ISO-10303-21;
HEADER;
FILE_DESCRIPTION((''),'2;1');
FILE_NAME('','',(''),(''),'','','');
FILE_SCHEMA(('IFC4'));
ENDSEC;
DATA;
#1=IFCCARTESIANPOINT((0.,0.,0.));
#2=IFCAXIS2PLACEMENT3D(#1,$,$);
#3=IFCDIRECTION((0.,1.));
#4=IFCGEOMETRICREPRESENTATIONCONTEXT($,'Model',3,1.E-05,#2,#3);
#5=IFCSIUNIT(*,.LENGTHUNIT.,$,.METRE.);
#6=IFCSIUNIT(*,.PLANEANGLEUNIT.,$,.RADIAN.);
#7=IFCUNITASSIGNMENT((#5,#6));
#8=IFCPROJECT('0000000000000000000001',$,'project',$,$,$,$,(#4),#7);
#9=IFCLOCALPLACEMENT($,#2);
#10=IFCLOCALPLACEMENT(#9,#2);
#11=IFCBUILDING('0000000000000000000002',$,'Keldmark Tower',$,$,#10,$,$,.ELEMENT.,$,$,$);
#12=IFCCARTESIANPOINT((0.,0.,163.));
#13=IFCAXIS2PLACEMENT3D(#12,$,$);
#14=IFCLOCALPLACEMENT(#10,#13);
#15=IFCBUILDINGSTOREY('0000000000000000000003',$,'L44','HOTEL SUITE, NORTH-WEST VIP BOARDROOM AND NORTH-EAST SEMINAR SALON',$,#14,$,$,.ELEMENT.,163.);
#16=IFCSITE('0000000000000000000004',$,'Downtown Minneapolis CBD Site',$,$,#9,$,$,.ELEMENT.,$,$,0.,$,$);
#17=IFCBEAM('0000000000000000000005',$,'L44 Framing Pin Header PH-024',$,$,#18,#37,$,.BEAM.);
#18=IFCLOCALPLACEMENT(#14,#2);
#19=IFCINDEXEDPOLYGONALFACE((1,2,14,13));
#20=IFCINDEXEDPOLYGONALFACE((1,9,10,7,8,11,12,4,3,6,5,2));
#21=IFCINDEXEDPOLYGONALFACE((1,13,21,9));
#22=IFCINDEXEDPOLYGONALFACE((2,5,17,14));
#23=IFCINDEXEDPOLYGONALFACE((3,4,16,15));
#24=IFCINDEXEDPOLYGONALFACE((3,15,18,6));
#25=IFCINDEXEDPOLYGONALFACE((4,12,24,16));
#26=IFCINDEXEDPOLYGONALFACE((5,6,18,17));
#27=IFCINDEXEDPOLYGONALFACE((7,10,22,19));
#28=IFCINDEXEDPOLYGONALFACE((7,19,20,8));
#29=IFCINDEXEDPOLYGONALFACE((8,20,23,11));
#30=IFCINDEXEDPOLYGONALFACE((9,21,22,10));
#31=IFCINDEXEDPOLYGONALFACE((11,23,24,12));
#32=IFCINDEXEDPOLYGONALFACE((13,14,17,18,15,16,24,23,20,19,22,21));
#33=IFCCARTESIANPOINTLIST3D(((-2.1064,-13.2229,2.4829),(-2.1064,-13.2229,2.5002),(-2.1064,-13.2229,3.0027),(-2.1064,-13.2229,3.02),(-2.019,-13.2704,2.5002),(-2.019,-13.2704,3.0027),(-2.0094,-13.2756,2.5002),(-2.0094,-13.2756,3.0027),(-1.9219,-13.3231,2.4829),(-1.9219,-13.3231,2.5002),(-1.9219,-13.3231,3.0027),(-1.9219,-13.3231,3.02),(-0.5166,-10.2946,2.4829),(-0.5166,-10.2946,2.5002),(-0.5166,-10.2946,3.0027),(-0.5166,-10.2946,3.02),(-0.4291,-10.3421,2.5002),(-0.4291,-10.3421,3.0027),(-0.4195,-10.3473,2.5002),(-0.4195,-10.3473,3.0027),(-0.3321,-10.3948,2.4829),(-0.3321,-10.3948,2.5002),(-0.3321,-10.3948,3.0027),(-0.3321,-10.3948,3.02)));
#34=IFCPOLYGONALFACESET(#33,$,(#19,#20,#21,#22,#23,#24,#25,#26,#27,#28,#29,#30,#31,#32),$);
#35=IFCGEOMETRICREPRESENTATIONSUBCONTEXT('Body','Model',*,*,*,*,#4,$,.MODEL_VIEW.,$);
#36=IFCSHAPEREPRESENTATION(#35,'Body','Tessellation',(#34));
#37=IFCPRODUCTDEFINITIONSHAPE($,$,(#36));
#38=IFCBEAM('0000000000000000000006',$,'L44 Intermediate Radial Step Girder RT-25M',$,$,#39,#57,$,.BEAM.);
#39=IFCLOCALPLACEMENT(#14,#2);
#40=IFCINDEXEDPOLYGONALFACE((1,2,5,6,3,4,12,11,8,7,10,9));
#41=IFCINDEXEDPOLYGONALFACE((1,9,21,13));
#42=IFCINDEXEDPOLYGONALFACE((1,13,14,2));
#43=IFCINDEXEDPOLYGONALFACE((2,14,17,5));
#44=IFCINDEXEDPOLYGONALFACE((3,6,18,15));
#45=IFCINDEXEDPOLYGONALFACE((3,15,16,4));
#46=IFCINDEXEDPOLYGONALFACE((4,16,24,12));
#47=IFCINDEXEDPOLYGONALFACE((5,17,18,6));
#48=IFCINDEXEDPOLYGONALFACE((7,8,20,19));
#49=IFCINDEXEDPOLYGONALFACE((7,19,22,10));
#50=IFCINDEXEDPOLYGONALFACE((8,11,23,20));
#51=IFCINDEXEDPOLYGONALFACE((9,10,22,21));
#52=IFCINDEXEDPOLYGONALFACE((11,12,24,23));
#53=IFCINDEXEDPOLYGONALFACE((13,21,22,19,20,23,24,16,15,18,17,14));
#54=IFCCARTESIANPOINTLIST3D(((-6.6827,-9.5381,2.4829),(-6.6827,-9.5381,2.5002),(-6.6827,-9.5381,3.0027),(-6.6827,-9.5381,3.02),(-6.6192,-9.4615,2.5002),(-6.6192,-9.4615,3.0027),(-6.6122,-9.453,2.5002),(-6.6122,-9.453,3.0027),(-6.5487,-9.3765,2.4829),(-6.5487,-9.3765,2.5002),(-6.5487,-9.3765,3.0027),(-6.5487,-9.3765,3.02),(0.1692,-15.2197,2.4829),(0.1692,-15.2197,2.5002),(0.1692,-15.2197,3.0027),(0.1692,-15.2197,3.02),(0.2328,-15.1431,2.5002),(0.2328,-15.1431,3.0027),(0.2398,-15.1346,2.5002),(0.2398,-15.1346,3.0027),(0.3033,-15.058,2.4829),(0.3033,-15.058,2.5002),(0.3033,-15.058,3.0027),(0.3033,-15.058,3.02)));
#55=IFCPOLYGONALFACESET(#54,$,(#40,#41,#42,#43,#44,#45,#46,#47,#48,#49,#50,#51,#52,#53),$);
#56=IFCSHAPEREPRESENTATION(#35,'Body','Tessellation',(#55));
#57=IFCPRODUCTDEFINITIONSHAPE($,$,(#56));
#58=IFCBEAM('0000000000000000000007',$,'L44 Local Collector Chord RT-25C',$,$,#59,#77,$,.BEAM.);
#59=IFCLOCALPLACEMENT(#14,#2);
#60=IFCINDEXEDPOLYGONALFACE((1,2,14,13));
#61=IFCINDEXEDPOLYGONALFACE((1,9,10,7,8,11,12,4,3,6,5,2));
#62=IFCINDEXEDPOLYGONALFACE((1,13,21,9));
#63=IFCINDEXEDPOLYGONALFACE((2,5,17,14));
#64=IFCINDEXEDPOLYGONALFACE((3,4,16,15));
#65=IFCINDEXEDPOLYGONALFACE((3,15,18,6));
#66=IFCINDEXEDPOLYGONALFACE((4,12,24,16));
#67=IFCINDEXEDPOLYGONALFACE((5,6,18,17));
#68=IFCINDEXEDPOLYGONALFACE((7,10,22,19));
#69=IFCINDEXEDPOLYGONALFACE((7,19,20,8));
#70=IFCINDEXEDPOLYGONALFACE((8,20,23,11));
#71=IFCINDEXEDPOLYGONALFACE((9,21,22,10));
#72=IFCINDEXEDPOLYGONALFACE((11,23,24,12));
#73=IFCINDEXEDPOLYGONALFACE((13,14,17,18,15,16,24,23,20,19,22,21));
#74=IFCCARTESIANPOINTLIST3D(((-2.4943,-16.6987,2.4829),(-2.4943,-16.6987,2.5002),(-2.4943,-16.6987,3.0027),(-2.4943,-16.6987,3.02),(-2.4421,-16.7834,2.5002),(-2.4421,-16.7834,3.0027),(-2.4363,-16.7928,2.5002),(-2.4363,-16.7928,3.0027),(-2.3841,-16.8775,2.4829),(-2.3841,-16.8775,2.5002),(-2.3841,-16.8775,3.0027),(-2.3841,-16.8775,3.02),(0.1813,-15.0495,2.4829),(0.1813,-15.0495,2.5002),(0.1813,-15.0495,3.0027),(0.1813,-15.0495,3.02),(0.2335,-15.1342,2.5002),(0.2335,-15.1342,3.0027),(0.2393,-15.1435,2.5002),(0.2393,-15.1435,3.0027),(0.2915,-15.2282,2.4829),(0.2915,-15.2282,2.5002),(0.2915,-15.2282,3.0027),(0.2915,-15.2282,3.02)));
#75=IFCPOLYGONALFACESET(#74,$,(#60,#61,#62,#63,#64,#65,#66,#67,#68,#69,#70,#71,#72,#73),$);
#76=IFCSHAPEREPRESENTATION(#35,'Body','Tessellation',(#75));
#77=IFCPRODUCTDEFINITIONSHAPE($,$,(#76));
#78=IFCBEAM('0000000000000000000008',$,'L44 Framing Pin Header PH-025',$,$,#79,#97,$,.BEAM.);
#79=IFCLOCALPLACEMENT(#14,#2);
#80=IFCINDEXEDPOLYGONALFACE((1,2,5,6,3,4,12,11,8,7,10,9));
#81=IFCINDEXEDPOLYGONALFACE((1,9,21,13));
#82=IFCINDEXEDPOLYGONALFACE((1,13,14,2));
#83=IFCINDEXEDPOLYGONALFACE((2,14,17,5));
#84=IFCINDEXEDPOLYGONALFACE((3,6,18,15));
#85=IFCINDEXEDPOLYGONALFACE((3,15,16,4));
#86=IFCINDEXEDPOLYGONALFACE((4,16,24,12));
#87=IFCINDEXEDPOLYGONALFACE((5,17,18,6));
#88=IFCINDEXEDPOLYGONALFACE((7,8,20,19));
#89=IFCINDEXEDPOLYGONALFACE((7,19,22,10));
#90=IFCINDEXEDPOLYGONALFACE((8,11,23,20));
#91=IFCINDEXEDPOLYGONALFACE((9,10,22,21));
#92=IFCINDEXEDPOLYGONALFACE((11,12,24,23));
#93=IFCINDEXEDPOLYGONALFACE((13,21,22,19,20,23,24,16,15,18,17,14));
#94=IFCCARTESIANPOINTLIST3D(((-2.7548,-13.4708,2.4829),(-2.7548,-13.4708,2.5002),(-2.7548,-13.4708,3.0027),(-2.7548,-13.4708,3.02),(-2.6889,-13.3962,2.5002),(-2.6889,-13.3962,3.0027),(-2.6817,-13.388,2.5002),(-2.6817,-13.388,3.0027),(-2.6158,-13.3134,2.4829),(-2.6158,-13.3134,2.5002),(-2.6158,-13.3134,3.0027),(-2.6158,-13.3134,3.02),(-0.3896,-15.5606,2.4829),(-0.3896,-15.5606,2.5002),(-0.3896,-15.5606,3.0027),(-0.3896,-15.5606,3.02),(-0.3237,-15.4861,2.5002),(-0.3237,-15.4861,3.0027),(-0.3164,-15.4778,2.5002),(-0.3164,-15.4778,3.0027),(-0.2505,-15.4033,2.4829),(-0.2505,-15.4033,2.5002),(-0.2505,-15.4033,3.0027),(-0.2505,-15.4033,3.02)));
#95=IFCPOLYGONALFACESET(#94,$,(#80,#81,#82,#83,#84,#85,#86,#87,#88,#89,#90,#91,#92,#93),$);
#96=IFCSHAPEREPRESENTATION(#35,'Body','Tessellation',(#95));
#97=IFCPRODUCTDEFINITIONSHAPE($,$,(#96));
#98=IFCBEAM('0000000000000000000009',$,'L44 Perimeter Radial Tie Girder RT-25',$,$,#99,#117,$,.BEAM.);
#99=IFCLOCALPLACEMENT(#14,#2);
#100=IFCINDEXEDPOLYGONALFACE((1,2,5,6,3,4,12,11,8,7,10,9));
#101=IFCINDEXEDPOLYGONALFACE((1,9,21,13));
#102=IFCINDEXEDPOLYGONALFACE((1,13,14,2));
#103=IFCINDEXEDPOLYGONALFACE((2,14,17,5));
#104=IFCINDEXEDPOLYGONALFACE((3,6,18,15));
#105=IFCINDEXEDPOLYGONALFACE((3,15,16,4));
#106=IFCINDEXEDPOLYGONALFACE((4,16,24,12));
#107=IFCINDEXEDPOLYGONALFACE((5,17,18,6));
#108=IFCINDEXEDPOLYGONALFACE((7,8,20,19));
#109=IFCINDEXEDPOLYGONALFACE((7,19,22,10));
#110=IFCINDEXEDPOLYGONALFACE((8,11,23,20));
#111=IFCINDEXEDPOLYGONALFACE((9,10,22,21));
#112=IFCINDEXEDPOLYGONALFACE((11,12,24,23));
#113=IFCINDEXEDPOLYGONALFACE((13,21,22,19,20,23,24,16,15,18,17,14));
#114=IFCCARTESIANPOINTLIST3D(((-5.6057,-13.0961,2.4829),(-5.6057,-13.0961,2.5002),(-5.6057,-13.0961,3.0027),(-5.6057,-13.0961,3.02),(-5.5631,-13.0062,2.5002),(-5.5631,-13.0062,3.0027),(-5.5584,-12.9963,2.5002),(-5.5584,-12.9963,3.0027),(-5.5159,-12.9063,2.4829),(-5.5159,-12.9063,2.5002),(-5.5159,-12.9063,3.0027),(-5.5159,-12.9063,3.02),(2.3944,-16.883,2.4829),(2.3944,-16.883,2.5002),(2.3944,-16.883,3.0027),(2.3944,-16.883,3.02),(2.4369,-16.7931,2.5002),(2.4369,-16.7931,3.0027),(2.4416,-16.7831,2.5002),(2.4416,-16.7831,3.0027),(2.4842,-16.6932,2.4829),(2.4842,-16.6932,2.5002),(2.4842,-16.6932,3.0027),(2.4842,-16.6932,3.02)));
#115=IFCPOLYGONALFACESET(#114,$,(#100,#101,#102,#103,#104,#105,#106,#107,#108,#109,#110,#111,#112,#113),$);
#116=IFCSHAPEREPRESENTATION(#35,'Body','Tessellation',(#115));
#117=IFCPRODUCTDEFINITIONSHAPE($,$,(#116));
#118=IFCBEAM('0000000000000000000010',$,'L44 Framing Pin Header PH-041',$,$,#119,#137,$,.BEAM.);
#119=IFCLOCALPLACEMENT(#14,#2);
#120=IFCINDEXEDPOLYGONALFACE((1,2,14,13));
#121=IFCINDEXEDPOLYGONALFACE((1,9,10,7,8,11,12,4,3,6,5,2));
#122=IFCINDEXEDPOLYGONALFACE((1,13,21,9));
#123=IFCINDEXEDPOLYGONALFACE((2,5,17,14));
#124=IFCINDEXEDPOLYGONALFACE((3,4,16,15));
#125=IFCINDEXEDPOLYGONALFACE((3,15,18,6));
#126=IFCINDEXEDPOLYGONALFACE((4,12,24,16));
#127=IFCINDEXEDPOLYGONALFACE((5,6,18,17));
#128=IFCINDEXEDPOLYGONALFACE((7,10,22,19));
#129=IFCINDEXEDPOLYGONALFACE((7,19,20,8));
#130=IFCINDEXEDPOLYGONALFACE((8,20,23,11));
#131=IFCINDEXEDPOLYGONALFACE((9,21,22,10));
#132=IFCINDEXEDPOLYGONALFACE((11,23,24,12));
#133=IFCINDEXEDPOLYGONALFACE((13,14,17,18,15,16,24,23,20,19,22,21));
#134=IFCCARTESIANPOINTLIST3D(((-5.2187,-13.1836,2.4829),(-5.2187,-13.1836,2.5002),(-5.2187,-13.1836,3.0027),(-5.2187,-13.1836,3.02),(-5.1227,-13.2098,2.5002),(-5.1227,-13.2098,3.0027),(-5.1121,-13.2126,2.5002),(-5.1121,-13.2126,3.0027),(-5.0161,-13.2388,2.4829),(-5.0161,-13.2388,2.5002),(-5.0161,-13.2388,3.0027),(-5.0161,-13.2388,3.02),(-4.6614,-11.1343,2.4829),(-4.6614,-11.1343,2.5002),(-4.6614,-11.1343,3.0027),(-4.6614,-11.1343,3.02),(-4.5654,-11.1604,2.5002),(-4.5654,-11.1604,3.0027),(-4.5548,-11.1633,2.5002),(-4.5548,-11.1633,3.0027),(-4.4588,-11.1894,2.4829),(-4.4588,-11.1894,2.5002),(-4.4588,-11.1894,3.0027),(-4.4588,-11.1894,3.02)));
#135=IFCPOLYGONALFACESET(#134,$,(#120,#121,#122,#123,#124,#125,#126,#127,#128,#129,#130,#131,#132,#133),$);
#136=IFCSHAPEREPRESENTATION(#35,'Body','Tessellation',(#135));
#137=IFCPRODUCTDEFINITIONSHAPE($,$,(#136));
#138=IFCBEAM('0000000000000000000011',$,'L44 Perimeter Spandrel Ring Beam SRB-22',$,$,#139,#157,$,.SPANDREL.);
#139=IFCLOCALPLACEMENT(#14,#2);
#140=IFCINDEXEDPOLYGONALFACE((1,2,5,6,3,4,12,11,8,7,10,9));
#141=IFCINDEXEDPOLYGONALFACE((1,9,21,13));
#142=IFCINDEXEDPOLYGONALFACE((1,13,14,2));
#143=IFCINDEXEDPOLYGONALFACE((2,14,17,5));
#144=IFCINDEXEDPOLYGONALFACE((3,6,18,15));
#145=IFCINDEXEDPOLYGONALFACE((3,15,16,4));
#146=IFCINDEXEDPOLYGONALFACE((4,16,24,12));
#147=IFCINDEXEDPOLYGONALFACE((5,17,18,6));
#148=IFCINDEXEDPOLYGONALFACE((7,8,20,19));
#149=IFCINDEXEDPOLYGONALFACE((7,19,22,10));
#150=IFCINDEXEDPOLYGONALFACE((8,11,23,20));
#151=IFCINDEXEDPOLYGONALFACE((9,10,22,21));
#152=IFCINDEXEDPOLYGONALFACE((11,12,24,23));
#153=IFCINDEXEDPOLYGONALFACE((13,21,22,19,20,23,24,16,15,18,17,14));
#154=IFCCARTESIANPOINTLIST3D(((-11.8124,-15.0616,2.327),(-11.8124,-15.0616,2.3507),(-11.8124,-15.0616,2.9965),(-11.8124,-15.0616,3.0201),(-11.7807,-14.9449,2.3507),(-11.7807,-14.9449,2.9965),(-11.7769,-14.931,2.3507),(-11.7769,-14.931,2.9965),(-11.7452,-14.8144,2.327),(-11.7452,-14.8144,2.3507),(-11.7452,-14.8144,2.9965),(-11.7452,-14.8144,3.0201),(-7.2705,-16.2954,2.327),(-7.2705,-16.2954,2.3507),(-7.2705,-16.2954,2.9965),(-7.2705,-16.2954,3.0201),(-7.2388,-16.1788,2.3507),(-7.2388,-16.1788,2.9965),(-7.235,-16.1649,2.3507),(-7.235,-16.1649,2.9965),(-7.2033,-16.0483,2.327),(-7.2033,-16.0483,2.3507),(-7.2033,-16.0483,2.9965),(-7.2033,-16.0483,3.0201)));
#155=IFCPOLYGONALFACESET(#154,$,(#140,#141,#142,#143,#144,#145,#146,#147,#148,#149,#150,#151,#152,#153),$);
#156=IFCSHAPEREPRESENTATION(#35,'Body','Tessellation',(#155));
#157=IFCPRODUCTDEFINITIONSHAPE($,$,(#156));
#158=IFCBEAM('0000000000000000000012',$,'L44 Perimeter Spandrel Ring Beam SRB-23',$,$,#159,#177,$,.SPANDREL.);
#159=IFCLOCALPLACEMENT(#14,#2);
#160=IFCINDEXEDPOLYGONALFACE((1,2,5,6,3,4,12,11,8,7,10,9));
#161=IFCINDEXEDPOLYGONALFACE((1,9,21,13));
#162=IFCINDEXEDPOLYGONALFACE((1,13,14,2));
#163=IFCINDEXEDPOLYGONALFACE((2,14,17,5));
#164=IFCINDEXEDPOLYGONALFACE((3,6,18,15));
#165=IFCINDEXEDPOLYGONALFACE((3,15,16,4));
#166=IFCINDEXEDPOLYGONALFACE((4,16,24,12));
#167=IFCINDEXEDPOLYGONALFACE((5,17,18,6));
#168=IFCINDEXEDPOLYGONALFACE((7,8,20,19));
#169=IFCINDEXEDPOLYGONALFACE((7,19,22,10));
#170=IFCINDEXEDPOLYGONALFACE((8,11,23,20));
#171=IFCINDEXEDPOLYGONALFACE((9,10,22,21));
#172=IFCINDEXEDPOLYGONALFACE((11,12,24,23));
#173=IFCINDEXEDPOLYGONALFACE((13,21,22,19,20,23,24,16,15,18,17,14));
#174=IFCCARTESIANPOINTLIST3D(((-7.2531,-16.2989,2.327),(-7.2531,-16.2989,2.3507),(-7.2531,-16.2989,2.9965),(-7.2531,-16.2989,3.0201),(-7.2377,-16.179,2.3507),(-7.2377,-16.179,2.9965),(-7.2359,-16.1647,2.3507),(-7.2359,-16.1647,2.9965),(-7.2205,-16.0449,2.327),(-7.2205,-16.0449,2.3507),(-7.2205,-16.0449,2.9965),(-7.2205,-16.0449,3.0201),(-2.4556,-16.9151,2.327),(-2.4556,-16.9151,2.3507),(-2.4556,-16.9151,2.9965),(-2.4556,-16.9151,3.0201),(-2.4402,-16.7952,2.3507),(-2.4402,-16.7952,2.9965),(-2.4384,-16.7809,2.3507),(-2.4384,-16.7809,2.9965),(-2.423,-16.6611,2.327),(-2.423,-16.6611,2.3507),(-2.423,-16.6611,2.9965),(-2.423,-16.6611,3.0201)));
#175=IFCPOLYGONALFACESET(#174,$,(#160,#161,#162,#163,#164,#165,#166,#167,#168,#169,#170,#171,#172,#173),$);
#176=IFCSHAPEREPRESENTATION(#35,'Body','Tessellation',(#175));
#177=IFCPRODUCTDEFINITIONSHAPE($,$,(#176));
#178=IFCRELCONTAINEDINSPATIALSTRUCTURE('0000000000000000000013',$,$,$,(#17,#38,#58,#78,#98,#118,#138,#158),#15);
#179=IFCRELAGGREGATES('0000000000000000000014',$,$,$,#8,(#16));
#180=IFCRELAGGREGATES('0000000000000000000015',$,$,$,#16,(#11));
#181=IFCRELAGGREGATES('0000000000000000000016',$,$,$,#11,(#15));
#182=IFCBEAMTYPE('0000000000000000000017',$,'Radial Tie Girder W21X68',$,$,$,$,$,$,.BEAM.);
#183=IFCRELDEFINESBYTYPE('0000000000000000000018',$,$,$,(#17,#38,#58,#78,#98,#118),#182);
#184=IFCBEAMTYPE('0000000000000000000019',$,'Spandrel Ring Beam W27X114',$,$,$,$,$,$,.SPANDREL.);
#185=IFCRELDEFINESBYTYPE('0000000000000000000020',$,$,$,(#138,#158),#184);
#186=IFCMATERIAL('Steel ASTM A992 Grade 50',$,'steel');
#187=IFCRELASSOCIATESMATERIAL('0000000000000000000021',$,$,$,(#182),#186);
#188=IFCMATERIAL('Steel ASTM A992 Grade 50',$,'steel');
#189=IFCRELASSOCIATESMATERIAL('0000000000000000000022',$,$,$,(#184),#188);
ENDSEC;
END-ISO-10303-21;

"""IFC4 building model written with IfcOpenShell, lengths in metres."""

from ifc_helpers import new_model, si_unit, direction, frame, origin, origin_2d, place, context, subcontext, project, spatial, i_section, extrude, material, material_profile, profile_set, type_object, element, save


model = new_model("IFC4")

# Units and contexts
model_context = context("Model", 3, precision=1e-05, world=origin(), true_north=direction((0.0, 1.0)))
body_context = subcontext(model_context, "Body", "Model", "MODEL_VIEW")
ifc_project = project(units=[si_unit("LENGTHUNIT", "METRE"), si_unit("PLANEANGLEUNIT", "RADIAN")], contexts=[model_context])

# Site, building, storey
site_placement = place(None, origin())
site = spatial("IfcSite", under=ifc_project, at=site_placement, Name="Downtown Minneapolis CBD Site", CompositionType="ELEMENT", RefElevation=0.0)
building_placement = place(site_placement, origin())
building = spatial("IfcBuilding", under=site, at=building_placement, Name="Keldmark Tower", CompositionType="ELEMENT")
storey_placement = place(building_placement, frame((0.0, 0.0, 163.0)))
storey = spatial("IfcBuildingStorey", under=building, at=storey_placement, Name="L44", Description="HOTEL SUITE, NORTH-WEST VIP BOARDROOM AND NORTH-EAST SEMINAR SALON", CompositionType="ELEMENT", Elevation=163.0)

# Beams
ifc_material_1 = material(Name="Steel ASTM A992 Grade 50", Category="steel")
ifc_material_profile_1 = material_profile(ifc_material_1, i_section(OverallWidth=0.21, OverallDepth=0.5371, WebThickness=0.011, FlangeThickness=0.0173, at=origin_2d()), Name="W21X68")
ifc_profile_set_1 = profile_set([ifc_material_profile_1], Name="Steel ASTM A992 Grade 50")
beam_type_1 = type_object("IfcBeamType", Name="Radial Tie Girder W21X68", PredefinedType="BEAM", material=ifc_profile_set_1)
beam_1_placement = place(storey_placement, frame((-0.4243, -10.3447, 2.7515), z_axis=(-0.477147, -0.878824, 0.0), x_axis=(0.878824, -0.477147, 0.0)))
element("IfcBeam", 1, at=beam_1_placement, inside=storey, type_object=beam_type_1, Name="L44 Framing Pin Header PH-024", PredefinedType="BEAM", context=body_context, shape_type="SweptSolid", body=[
    extrude(i_section(OverallWidth=0.21, OverallDepth=0.5371, WebThickness=0.011, FlangeThickness=0.0173, at=origin_2d()), origin(), (0.0, 0.0, 1.0), 3.332),
])
beam_2_placement = place(storey_placement, frame((-6.6157, -9.4573, 2.7515), z_axis=(0.769788, -0.638299, 0.0), x_axis=(0.638299, 0.769788, 0.0)))
element("IfcBeam", 2, at=beam_2_placement, inside=storey, type_object=beam_type_1, Name="L44 Intermediate Radial Step Girder RT-25M", PredefinedType="BEAM", context=body_context, shape_type="SweptSolid", body=[
    extrude(i_section(OverallWidth=0.21, OverallDepth=0.5371, WebThickness=0.011, FlangeThickness=0.0173, at=origin_2d()), origin(), (0.0, 0.0, 1.0), 8.9011),
])
beam_3_placement = place(storey_placement, frame((-2.4392, -16.7881, 2.7515), z_axis=(0.851277, 0.524717, 0.0), x_axis=(-0.524717, 0.851277, 0.0)))
element("IfcBeam", 3, at=beam_3_placement, inside=storey, type_object=beam_type_1, Name="L44 Local Collector Chord RT-25C", PredefinedType="BEAM", context=body_context, shape_type="SweptSolid", body=[
    extrude(i_section(OverallWidth=0.21, OverallDepth=0.5371, WebThickness=0.011, FlangeThickness=0.0173, at=origin_2d()), origin(), (0.0, 0.0, 1.0), 3.1431),
])
beam_4_placement = place(storey_placement, frame((-2.6853, -13.3921, 2.7515), z_axis=(0.749386, -0.662133, 0.0), x_axis=(0.662133, 0.749386, 0.0)))
element("IfcBeam", 4, at=beam_4_placement, inside=storey, type_object=beam_type_1, Name="L44 Framing Pin Header PH-025", PredefinedType="BEAM", context=body_context, shape_type="SweptSolid", body=[
    extrude(i_section(OverallWidth=0.21, OverallDepth=0.5371, WebThickness=0.011, FlangeThickness=0.0173, at=origin_2d()), origin(), (0.0, 0.0, 1.0), 3.1562),
])
beam_5_placement = place(storey_placement, frame((-5.5608, -13.0012, 2.7515), z_axis=(0.903852, -0.427846, 0.0), x_axis=(0.427846, 0.903852, 0.0)))
element("IfcBeam", 5, at=beam_5_placement, inside=storey, type_object=beam_type_1, Name="L44 Perimeter Radial Tie Girder RT-25", PredefinedType="BEAM", context=body_context, shape_type="SweptSolid", body=[
    extrude(i_section(OverallWidth=0.21, OverallDepth=0.5371, WebThickness=0.011, FlangeThickness=0.0173, at=origin_2d()), origin(), (0.0, 0.0, 1.0), 8.8511),
])
beam_6_placement = place(storey_placement, frame((-4.5601, -11.1619, 2.7515), z_axis=(-0.262446, -0.964947, 0.0), x_axis=(0.964947, -0.262446, 0.0)))
element("IfcBeam", 6, at=beam_6_placement, inside=storey, type_object=beam_type_1, Name="L44 Framing Pin Header PH-041", PredefinedType="BEAM", context=body_context, shape_type="SweptSolid", body=[
    extrude(i_section(OverallWidth=0.21, OverallDepth=0.5371, WebThickness=0.011, FlangeThickness=0.0173, at=origin_2d()), origin(), (0.0, 0.0, 1.0), 2.1238),
])
ifc_material_2 = material(Name="Steel ASTM A992 Grade 50", Category="steel")
ifc_material_profile_2 = material_profile(ifc_material_2, i_section(OverallWidth=0.2561, OverallDepth=0.6931, WebThickness=0.0144, FlangeThickness=0.0237, at=origin_2d()), Name="W27X114")
ifc_profile_set_2 = profile_set([ifc_material_profile_2], Name="Steel ASTM A992 Grade 50")
beam_type_2 = type_object("IfcBeamType", Name="Spandrel Ring Beam W27X114", PredefinedType="SPANDREL", material=ifc_profile_set_2)
beam_7_placement = place(storey_placement, frame((-11.7788, -14.938, 2.6736), z_axis=(0.965024, -0.26216, 0.0), x_axis=(0.26216, 0.965024, 0.0)))
element("IfcBeam", 7, at=beam_7_placement, inside=storey, type_object=beam_type_2, Name="L44 Perimeter Spandrel Ring Beam SRB-22", PredefinedType="SPANDREL", context=body_context, shape_type="SweptSolid", body=[
    extrude(i_section(OverallWidth=0.2561, OverallDepth=0.6931, WebThickness=0.0144, FlangeThickness=0.0237, at=origin_2d()), origin(), (0.0, 0.0, 1.0), 4.7065),
])
beam_8_placement = place(storey_placement, frame((-7.2368, -16.1719, 2.6736), z_axis=(0.991852, -0.127395, 0.0), x_axis=(0.127395, 0.991852, 0.0)))
element("IfcBeam", 8, at=beam_8_placement, inside=storey, type_object=beam_type_2, Name="L44 Perimeter Spandrel Ring Beam SRB-23", PredefinedType="SPANDREL", context=body_context, shape_type="SweptSolid", body=[
    extrude(i_section(OverallWidth=0.2561, OverallDepth=0.6931, WebThickness=0.0144, FlangeThickness=0.0237, at=origin_2d()), origin(), (0.0, 0.0, 1.0), 4.8369),
])

save(model, "model.ifc")
